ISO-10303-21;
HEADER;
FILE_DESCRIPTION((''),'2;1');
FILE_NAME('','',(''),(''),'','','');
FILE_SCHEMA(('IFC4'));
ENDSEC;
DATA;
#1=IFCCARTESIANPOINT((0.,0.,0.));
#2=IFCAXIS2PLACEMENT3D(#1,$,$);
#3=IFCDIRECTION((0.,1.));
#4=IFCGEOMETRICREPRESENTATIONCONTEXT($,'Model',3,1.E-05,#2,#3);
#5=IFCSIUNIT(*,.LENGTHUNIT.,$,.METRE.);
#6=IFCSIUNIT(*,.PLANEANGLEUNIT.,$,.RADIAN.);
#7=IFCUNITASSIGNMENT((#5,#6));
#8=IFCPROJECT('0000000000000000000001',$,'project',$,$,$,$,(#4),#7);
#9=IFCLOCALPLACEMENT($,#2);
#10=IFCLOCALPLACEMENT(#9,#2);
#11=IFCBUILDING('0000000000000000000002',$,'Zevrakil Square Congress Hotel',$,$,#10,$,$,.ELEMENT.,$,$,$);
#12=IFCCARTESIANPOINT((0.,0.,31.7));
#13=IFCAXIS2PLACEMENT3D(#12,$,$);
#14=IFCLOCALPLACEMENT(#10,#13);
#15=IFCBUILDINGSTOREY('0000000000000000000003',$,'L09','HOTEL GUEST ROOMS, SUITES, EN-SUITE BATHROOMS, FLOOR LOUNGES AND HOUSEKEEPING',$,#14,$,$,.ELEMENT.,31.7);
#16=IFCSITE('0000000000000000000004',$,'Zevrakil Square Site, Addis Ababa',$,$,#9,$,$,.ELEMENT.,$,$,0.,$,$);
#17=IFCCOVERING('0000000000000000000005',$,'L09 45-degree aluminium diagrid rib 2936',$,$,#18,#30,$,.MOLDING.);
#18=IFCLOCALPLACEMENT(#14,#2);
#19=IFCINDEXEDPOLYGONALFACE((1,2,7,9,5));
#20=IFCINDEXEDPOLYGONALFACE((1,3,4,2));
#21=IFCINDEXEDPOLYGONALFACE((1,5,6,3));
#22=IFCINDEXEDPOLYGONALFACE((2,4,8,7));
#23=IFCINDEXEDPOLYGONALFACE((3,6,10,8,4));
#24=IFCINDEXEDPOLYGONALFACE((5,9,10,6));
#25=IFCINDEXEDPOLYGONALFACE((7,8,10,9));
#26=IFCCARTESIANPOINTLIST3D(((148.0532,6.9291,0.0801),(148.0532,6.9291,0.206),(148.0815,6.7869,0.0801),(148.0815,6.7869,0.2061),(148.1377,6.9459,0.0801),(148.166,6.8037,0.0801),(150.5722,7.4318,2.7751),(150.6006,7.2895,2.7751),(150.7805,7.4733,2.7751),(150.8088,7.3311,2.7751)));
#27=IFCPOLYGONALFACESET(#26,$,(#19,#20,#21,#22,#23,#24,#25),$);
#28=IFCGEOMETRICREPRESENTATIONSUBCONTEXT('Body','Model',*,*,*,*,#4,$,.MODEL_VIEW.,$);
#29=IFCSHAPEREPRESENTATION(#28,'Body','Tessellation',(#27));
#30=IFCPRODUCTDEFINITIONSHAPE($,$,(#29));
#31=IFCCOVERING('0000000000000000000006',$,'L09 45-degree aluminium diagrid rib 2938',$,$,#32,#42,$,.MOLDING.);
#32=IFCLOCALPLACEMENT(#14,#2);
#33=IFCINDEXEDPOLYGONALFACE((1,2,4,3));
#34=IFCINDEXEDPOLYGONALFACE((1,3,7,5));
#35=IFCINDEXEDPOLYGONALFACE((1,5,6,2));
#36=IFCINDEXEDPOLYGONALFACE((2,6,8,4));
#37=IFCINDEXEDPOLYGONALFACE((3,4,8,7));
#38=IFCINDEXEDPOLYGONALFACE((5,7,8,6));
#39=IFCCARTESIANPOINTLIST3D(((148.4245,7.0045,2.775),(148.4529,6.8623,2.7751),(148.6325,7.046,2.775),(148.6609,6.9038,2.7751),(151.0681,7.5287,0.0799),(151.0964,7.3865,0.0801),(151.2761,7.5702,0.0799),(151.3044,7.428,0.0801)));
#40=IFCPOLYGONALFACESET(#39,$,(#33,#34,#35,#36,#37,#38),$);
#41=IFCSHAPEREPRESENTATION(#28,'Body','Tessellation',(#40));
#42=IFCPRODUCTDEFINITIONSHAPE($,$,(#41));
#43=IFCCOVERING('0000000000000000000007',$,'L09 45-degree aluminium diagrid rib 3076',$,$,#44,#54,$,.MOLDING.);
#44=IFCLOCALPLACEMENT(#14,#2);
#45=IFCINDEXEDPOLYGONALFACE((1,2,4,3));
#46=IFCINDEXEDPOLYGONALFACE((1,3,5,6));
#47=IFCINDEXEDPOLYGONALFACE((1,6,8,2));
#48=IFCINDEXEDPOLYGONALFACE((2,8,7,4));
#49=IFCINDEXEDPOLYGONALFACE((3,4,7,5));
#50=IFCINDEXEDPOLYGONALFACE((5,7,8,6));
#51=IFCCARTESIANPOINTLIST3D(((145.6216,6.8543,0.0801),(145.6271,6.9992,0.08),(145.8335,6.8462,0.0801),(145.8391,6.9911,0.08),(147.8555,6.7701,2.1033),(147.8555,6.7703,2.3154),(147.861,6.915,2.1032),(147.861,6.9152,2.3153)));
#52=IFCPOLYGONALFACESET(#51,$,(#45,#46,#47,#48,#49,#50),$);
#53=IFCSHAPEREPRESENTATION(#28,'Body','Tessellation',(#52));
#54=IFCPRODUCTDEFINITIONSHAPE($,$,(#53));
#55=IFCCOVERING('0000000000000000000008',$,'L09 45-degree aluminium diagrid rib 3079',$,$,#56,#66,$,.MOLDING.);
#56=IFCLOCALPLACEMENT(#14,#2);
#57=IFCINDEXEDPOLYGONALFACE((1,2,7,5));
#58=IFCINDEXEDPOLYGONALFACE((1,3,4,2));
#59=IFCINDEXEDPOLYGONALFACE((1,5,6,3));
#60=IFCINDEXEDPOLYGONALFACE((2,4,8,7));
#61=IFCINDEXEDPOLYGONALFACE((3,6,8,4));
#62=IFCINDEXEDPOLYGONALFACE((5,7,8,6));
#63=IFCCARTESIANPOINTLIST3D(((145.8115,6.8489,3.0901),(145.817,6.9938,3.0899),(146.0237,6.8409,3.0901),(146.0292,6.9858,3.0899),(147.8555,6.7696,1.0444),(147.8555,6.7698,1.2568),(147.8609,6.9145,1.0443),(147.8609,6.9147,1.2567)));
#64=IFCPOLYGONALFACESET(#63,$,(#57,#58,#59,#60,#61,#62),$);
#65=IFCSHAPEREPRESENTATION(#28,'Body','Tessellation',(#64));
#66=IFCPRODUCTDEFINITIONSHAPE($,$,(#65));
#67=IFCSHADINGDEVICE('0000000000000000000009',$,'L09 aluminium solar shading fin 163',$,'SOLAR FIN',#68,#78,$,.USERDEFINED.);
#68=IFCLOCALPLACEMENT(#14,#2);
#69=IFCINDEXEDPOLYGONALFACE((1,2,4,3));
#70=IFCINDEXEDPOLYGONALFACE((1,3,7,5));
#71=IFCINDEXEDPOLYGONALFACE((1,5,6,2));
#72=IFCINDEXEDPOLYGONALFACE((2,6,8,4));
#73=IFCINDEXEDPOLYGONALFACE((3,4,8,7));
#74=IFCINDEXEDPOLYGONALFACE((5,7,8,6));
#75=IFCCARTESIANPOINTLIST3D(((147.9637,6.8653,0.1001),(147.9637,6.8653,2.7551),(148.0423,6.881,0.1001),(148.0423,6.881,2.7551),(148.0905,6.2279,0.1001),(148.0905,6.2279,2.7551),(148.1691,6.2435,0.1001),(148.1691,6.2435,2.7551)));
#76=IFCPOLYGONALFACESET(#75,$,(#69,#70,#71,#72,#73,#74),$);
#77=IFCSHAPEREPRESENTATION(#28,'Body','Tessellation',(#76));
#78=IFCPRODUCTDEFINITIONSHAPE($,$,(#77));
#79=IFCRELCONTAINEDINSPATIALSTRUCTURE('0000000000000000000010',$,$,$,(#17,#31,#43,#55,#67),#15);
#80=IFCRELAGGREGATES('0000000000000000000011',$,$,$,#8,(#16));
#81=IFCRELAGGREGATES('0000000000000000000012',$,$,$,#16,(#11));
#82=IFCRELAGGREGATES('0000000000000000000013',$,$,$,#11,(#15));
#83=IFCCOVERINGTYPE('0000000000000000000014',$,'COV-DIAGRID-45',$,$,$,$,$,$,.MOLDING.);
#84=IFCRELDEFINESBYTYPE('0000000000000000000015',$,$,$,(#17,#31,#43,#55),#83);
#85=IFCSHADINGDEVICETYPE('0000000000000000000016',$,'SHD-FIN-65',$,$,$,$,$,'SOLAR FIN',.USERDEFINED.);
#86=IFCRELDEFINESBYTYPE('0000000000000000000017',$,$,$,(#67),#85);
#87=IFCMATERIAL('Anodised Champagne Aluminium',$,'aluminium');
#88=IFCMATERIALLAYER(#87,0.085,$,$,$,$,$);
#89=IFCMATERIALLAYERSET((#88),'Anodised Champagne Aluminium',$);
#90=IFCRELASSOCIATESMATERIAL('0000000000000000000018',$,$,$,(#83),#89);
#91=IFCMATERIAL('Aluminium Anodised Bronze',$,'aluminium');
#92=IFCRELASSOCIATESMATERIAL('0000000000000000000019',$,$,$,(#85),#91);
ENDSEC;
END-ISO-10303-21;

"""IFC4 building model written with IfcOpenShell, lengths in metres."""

from ifc_helpers import new_model, si_unit, direction, frame, origin, origin_2d, place, context, subcontext, project, spatial, polyline, rectangle, outline, extrude, material, layer, layer_set, type_object, element, save


model = new_model("IFC4")

# Units and contexts
model_context = context("Model", 3, precision=1e-05, world=origin(), true_north=direction((0.0, 1.0)))
body_context = subcontext(model_context, "Body", "Model", "MODEL_VIEW")
ifc_project = project(units=[si_unit("LENGTHUNIT", "METRE"), si_unit("PLANEANGLEUNIT", "RADIAN")], contexts=[model_context])

# Site, building, storey
site_placement = place(None, origin())
site = spatial("IfcSite", under=ifc_project, at=site_placement, Name="Zevrakil Square Site, Addis Ababa", CompositionType="ELEMENT", RefElevation=0.0)
building_placement = place(site_placement, origin())
building = spatial("IfcBuilding", under=site, at=building_placement, Name="Zevrakil Square Congress Hotel", CompositionType="ELEMENT")
storey_placement = place(building_placement, frame((0.0, 0.0, 31.7)))
storey = spatial("IfcBuildingStorey", under=building, at=storey_placement, Name="L09", Description="HOTEL GUEST ROOMS, SUITES, EN-SUITE BATHROOMS, FLOOR LOUNGES AND HOUSEKEEPING", CompositionType="ELEMENT", Elevation=31.7)

# Coverings
ifc_material_1 = material(Name="Anodised Champagne Aluminium", Category="aluminium")
ifc_layer_1 = layer(ifc_material_1, 0.085)
ifc_layer_set_1 = layer_set([ifc_layer_1], Name="Anodised Champagne Aluminium")
covering_type_1 = type_object("IfcCoveringType", Name="COV-DIAGRID-45", PredefinedType="MOLDING", material=ifc_layer_set_1)
covering_1_placement = place(storey_placement, frame((148.166, 6.8037, 0.0801), z_axis=(0.195547, -0.980694, 0.000143), x_axis=(-0.980694, -0.195547, 0.0)))
element("IfcCovering", 1, at=covering_1_placement, inside=storey, type_object=covering_type_1, Name="L09 45-degree aluminium diagrid rib 2936", PredefinedType="MOLDING", context=body_context, shape_type="SweptSolid", body=[
    extrude(outline(polyline([(0.0, 0.0), (0.0861, 0.0), (0.0861, -0.126), (-2.4826, -2.6951), (-2.6949, -2.6951), (0.0, 0.0)])), origin(), (0.0, 0.0, -1.0), 0.145),
])
covering_2_placement = place(storey_placement, frame((148.4529, 6.8623, 2.7751), z_axis=(0.195673, -0.980668, 0.001201), x_axis=(0.980669, 0.195673, 0.0)))
element("IfcCovering", 2, at=covering_2_placement, inside=storey, type_object=covering_type_1, Name="L09 45-degree aluminium diagrid rib 2938", PredefinedType="MOLDING", context=body_context, shape_type="SweptSolid", body=[
    extrude(outline(polyline([(0.0, 0.0), (0.2121, 0.0), (2.9071, -2.6951), (2.695, -2.6951), (0.0, 0.0)])), origin(), (0.0, 0.0, -1.0), 0.145),
])
covering_3_placement = place(storey_placement, frame((145.8335, 6.8462, 0.0801), z_axis=(-0.038373, -0.999263, 0.000768), x_axis=(-0.999263, 0.038373, 0.000001)))
element("IfcCovering", 3, at=covering_3_placement, inside=storey, type_object=covering_type_1, Name="L09 45-degree aluminium diagrid rib 3076", PredefinedType="MOLDING", context=body_context, shape_type="SweptSolid", body=[
    extrude(outline(polyline([(0.0, 0.0), (0.2121, 0.0), (-2.0234, -2.2354), (-2.0234, -2.0232), (0.0, 0.0)])), origin(), (0.0, 0.0, -1.0), 0.145),
])
covering_4_placement = place(storey_placement, frame((145.8115, 6.8489, 3.0901), z_axis=(-0.037787, -0.999285, 0.000988), x_axis=(0.999286, -0.037787, 0.0)))
element("IfcCovering", 4, at=covering_4_placement, inside=storey, type_object=covering_type_1, Name="L09 45-degree aluminium diagrid rib 3079", PredefinedType="MOLDING", context=body_context, shape_type="SweptSolid", body=[
    extrude(outline(polyline([(0.0, 0.0), (0.2123, 0.0), (2.0455, -1.8333), (2.0455, -2.0457), (0.0, 0.0)])), origin(), (0.0, 0.0, -1.0), 0.145),
])

# Shading device
ifc_material_2 = material(Name="Aluminium Anodised Bronze", Category="aluminium")
shading_device_type = type_object("IfcShadingDeviceType", Name="SHD-FIN-65", ElementType="SOLAR FIN", PredefinedType="USERDEFINED", material=ifc_material_2)
shading_device_placement = place(storey_placement, frame((148.0664, 6.5544, 0.1001), z_axis=(0.0, 0.0, 1.0), x_axis=(0.19509, -0.980785, 0.0)))
element("IfcShadingDevice", 5, at=shading_device_placement, inside=storey, type_object=shading_device_type, Name="L09 aluminium solar shading fin 163", ObjectType="SOLAR FIN", PredefinedType="USERDEFINED", context=body_context, shape_type="SweptSolid", body=[
    extrude(rectangle(XDim=0.6499, YDim=0.0801, at=origin_2d()), origin(), (0.0, 0.0, 1.0), 2.655),
])

save(model, "model.ifc")
